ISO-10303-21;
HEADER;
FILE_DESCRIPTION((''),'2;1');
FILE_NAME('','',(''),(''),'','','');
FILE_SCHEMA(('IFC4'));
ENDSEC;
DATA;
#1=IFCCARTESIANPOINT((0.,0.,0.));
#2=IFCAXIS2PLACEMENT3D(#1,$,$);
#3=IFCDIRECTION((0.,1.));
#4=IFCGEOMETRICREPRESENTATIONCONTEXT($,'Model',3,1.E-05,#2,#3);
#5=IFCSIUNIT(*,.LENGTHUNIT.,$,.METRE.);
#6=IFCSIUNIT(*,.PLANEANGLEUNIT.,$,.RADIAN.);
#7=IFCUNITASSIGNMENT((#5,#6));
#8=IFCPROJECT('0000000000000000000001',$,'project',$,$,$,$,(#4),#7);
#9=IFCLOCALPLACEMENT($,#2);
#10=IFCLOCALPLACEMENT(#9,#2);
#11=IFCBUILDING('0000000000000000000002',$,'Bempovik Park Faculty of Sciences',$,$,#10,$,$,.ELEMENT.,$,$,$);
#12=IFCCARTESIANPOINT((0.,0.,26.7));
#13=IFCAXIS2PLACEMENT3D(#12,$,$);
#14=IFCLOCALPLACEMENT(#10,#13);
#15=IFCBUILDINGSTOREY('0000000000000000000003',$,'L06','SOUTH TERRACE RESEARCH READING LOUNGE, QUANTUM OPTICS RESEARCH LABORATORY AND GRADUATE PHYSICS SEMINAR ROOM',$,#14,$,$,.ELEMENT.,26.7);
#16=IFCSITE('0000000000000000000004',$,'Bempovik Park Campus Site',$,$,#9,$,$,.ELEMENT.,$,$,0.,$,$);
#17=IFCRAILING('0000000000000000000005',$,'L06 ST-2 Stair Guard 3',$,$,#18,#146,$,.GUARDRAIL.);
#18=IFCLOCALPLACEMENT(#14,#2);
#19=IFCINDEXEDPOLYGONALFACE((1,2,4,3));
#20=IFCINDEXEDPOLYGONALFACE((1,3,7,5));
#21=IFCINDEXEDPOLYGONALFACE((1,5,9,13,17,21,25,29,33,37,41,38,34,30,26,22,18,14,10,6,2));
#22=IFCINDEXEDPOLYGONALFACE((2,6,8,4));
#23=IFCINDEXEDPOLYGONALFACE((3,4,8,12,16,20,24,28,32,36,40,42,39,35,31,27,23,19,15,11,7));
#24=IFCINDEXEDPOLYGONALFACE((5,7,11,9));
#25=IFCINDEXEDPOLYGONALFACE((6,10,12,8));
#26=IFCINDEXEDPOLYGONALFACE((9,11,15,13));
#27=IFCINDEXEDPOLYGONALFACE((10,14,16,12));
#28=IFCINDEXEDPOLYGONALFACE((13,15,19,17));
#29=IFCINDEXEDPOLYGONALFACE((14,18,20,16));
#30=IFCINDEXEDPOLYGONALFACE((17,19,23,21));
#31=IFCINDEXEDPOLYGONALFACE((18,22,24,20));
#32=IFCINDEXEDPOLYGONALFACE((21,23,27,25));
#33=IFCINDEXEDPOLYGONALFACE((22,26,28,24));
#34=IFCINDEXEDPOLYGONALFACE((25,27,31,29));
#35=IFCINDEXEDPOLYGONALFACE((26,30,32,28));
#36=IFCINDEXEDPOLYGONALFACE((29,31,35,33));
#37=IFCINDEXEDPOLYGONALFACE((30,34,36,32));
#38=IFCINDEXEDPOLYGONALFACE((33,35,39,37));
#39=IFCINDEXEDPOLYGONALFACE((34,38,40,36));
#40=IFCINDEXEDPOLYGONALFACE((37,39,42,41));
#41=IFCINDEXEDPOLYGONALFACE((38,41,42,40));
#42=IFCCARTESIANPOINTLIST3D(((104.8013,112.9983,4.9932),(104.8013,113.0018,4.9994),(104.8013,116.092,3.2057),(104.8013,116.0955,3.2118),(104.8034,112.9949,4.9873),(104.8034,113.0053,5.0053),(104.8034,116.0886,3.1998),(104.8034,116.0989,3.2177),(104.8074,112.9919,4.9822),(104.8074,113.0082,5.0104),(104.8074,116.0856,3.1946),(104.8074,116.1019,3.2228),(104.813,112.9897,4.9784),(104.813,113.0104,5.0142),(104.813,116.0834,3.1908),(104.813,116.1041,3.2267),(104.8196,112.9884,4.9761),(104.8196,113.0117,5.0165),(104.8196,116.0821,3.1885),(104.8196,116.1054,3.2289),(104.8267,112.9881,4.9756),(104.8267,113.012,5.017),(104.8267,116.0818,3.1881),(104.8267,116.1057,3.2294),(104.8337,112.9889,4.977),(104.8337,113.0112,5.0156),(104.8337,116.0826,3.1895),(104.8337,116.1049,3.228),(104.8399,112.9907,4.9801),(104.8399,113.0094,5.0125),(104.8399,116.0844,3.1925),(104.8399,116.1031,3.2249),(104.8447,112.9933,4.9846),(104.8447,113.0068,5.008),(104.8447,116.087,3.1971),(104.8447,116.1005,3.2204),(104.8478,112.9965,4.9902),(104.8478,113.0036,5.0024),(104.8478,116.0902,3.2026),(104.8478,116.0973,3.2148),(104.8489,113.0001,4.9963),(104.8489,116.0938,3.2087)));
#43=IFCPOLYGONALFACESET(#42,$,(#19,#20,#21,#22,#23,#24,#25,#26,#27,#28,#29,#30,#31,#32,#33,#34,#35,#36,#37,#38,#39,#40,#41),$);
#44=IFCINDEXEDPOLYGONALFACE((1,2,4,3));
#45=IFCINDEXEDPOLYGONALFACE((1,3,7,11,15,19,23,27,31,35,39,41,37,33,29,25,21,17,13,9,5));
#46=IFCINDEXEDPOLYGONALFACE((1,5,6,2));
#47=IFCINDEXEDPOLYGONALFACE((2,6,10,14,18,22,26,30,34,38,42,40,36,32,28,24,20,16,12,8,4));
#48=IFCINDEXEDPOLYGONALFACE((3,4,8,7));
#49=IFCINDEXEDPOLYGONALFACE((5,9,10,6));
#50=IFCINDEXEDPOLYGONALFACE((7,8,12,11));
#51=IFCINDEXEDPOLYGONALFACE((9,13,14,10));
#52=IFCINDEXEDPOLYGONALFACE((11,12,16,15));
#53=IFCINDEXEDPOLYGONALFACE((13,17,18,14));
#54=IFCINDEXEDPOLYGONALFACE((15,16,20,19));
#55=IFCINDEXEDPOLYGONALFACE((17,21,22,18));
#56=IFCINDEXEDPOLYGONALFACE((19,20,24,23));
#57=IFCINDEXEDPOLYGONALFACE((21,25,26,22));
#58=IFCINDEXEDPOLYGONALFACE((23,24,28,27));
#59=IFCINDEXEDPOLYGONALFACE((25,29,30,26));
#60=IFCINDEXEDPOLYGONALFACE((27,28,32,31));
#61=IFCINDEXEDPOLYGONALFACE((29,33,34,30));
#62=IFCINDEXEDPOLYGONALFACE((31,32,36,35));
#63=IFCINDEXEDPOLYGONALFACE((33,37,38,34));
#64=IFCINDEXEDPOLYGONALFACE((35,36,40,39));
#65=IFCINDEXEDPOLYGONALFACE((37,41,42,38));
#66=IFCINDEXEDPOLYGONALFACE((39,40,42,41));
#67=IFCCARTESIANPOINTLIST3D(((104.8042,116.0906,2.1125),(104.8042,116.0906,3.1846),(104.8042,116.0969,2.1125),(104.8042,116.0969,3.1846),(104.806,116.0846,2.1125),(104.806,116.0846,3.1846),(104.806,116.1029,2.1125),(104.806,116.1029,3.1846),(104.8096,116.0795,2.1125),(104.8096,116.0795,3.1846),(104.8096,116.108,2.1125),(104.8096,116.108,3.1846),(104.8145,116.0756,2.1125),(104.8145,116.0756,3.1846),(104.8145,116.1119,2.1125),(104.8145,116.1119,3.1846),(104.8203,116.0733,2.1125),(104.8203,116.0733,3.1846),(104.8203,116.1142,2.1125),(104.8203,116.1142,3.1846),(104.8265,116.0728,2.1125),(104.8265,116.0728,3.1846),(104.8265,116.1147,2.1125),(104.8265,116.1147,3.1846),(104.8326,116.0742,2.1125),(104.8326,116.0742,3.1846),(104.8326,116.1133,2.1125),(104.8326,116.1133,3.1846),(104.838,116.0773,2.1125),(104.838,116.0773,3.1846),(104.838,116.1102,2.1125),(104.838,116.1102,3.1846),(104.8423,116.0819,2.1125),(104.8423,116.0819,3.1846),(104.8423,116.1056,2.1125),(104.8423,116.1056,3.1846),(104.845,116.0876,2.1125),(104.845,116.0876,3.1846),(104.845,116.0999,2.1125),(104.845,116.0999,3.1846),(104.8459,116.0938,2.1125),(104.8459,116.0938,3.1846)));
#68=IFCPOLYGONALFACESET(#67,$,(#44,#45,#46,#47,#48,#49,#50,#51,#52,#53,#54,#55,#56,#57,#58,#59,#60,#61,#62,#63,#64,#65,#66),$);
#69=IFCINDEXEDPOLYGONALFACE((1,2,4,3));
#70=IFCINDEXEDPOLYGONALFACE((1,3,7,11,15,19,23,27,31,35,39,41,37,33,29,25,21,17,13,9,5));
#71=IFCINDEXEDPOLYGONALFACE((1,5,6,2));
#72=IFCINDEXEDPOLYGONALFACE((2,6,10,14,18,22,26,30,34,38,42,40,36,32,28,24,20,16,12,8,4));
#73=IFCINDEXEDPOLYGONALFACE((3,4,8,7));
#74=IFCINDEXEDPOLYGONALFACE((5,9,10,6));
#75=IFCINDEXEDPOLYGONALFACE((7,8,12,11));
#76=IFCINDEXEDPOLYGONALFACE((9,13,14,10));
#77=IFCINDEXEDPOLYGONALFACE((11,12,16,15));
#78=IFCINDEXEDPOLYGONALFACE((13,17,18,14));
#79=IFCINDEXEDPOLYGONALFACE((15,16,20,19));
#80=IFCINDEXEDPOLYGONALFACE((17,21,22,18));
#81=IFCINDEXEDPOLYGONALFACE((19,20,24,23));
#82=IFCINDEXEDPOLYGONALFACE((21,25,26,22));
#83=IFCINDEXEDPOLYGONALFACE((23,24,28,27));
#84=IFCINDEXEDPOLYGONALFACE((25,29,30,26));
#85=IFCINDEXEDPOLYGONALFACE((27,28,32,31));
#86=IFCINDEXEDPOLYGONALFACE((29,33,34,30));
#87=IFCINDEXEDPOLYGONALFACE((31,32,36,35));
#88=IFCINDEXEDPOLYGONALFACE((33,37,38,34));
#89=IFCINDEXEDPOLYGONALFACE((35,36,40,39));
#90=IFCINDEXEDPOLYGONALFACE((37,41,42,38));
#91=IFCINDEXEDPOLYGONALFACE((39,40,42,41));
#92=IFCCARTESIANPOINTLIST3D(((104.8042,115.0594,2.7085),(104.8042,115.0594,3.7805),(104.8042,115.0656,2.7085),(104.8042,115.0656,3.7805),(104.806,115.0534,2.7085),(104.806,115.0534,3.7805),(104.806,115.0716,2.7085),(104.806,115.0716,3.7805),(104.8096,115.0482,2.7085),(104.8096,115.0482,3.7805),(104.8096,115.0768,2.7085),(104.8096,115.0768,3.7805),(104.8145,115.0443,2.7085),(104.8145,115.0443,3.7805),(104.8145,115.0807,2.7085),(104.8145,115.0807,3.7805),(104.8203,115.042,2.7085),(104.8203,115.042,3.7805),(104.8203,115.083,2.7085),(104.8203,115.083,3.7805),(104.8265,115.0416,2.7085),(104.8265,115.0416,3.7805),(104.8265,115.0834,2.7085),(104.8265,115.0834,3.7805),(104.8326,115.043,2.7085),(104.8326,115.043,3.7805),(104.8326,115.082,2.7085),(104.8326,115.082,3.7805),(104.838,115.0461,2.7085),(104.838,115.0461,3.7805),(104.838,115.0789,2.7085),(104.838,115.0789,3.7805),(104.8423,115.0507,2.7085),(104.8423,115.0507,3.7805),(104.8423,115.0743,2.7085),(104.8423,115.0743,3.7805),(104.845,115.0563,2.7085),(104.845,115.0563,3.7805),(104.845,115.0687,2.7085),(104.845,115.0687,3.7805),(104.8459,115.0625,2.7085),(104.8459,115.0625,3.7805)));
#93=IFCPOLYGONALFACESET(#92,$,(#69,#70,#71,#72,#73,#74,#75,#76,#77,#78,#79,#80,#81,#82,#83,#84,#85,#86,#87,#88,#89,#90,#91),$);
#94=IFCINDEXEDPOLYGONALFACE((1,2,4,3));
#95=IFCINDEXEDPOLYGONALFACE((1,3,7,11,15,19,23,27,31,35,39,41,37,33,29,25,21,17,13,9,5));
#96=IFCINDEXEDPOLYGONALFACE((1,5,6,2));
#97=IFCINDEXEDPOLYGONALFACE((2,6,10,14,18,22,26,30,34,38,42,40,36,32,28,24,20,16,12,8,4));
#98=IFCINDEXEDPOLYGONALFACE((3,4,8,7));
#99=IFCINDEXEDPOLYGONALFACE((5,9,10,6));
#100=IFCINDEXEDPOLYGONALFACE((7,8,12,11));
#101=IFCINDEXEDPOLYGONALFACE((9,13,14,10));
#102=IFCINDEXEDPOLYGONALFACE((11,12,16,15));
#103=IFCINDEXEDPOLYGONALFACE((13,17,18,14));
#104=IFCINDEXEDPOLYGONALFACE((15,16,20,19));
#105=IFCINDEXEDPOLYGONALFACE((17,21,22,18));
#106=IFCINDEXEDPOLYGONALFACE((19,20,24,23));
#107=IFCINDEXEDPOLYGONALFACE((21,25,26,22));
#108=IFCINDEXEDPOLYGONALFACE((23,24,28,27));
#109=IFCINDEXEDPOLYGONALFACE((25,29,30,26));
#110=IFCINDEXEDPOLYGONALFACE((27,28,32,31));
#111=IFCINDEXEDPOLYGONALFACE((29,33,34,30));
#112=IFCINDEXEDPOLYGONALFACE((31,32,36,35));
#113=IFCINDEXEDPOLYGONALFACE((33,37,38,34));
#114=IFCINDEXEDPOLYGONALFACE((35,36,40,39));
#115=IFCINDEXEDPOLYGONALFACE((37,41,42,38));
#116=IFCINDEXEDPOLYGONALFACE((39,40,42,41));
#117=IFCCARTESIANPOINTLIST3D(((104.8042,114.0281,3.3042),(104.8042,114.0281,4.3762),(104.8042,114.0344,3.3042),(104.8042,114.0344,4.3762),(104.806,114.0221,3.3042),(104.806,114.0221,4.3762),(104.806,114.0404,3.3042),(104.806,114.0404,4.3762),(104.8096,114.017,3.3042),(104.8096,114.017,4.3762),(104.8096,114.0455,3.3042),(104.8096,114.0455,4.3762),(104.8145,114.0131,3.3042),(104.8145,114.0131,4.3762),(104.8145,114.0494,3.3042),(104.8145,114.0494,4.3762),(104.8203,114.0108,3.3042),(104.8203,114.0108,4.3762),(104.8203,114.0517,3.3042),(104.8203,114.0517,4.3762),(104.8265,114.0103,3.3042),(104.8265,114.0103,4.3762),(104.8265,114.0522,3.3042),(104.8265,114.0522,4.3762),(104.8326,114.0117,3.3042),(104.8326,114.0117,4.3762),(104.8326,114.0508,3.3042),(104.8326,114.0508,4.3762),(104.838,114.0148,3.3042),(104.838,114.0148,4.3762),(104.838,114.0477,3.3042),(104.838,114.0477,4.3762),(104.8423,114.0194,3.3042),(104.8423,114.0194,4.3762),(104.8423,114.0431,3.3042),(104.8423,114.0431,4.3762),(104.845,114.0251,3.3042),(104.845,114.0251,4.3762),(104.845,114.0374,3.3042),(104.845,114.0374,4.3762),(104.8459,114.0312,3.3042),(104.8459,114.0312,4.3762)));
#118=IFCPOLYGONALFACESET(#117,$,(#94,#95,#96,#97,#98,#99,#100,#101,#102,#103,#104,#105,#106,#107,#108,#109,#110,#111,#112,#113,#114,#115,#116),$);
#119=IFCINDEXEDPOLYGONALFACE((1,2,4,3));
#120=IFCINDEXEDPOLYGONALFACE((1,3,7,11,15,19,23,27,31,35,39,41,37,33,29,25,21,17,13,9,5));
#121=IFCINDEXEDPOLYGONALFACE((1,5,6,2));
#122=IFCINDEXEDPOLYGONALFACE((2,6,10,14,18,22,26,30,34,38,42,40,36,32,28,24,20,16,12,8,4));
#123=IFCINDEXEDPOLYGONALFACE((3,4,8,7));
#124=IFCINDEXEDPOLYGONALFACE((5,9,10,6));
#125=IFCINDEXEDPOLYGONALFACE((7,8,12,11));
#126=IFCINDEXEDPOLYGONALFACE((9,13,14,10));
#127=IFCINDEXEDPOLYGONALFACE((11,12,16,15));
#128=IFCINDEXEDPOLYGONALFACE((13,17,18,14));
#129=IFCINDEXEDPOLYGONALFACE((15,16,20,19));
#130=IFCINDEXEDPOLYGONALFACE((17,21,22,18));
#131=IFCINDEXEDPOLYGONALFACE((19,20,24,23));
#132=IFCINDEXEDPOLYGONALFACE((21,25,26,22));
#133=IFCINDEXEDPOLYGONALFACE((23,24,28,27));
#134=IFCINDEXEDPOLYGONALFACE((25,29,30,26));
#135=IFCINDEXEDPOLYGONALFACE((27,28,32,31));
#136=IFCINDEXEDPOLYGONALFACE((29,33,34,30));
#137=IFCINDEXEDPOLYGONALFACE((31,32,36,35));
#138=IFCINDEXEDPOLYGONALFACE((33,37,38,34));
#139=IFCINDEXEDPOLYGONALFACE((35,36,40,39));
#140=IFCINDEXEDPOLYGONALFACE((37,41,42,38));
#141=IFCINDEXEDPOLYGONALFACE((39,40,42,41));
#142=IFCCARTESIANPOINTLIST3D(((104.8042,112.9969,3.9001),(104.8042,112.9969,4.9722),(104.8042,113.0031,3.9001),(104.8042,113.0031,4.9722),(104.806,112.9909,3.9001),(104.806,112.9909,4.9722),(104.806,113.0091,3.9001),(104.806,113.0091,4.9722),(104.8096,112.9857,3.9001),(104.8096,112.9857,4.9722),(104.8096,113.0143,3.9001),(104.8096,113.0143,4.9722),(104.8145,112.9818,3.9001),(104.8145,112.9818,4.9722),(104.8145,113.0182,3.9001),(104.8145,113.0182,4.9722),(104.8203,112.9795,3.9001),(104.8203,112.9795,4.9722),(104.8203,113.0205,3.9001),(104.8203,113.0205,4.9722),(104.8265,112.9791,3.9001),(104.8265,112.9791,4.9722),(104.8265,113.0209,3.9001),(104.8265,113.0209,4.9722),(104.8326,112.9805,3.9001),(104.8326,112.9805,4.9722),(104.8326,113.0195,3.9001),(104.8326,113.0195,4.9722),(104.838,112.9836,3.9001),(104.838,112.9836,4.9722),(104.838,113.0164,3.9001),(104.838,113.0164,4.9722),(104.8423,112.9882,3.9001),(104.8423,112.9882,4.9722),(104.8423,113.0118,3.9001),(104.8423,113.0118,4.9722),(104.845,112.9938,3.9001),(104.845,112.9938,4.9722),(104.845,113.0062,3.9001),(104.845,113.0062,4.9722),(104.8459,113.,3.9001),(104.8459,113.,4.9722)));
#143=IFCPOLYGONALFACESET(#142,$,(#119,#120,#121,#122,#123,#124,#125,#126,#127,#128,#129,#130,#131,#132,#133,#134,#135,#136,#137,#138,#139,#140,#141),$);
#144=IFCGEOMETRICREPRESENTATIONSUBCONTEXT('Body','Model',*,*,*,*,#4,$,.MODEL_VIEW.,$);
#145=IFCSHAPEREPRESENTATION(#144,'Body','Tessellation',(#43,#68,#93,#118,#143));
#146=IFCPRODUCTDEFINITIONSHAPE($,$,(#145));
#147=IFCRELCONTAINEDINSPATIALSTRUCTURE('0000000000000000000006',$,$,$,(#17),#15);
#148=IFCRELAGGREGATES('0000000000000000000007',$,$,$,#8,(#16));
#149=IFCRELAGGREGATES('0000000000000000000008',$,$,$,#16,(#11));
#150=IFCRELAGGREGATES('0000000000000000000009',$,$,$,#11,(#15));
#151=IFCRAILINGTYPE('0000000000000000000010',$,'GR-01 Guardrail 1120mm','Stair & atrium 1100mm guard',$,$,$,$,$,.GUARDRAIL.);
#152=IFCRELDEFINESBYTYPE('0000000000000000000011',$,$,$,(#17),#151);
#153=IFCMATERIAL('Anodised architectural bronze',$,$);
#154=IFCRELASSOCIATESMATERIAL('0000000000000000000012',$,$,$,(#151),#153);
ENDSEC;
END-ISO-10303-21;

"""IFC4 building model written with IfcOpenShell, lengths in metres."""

from ifc_helpers import new_model, si_unit, direction, frame, origin, origin_2d, place, context, subcontext, project, spatial, circle, extrude, material, type_object, element, save


model = new_model("IFC4")

# Units and contexts
model_context = context("Model", 3, precision=1e-05, world=origin(), true_north=direction((0.0, 1.0)))
body_context = subcontext(model_context, "Body", "Model", "MODEL_VIEW")
ifc_project = project(units=[si_unit("LENGTHUNIT", "METRE"), si_unit("PLANEANGLEUNIT", "RADIAN")], contexts=[model_context])

# Site, building, storey
site_placement = place(None, origin())
site = spatial("IfcSite", under=ifc_project, at=site_placement, Name="Bempovik Park Campus Site", CompositionType="ELEMENT", RefElevation=0.0)
building_placement = place(site_placement, origin())
building = spatial("IfcBuilding", under=site, at=building_placement, Name="Bempovik Park Faculty of Sciences", CompositionType="ELEMENT")
storey_placement = place(building_placement, frame((0.0, 0.0, 26.7)))
storey = spatial("IfcBuildingStorey", under=building, at=storey_placement, Name="L06", Description="SOUTH TERRACE RESEARCH READING LOUNGE, QUANTUM OPTICS RESEARCH LABORATORY AND GRADUATE PHYSICS SEMINAR ROOM", CompositionType="ELEMENT", Elevation=26.7)

# Railing
ifc_material_1 = material(Name="Anodised architectural bronze")
railing_type_1 = type_object("IfcRailingType", Name="GR-01 Guardrail 1120mm", Description="Stair & atrium 1100mm guard", PredefinedType="GUARDRAIL", material=ifc_material_1)
railing_1_placement = place(storey_placement, frame((104.825, 116.0938, 2.1125)))
element("IfcRailing", 1, at=railing_1_placement, inside=storey, type_object=railing_type_1, Name="L06 ST-2 Stair Guard 3", PredefinedType="GUARDRAIL", context=body_context, shape_type="SweptSolid", body=[
    extrude(circle(Radius=0.0239, at=origin_2d()), frame((0.0, 0.0, 1.0962), z_axis=(0.0, -0.865853, 0.500298), x_axis=(1.0, 0.0, 0.0)), (0.0, 0.0, 1.0), 3.573),
    extrude(circle(Radius=0.021, at=origin_2d()), origin(), (0.0, 0.0, 1.0), 1.072),
    extrude(circle(Radius=0.021, at=origin_2d()), frame((0.0, -1.0312, 0.5959)), (0.0, 0.0, 1.0), 1.072),
    extrude(circle(Radius=0.021, at=origin_2d()), frame((0.0, -2.0625, 1.1917)), (0.0, 0.0, 1.0), 1.072),
    extrude(circle(Radius=0.021, at=origin_2d()), frame((0.0, -3.0938, 1.7876)), (0.0, 0.0, 1.0), 1.072),
])

save(model, "model.ifc")
